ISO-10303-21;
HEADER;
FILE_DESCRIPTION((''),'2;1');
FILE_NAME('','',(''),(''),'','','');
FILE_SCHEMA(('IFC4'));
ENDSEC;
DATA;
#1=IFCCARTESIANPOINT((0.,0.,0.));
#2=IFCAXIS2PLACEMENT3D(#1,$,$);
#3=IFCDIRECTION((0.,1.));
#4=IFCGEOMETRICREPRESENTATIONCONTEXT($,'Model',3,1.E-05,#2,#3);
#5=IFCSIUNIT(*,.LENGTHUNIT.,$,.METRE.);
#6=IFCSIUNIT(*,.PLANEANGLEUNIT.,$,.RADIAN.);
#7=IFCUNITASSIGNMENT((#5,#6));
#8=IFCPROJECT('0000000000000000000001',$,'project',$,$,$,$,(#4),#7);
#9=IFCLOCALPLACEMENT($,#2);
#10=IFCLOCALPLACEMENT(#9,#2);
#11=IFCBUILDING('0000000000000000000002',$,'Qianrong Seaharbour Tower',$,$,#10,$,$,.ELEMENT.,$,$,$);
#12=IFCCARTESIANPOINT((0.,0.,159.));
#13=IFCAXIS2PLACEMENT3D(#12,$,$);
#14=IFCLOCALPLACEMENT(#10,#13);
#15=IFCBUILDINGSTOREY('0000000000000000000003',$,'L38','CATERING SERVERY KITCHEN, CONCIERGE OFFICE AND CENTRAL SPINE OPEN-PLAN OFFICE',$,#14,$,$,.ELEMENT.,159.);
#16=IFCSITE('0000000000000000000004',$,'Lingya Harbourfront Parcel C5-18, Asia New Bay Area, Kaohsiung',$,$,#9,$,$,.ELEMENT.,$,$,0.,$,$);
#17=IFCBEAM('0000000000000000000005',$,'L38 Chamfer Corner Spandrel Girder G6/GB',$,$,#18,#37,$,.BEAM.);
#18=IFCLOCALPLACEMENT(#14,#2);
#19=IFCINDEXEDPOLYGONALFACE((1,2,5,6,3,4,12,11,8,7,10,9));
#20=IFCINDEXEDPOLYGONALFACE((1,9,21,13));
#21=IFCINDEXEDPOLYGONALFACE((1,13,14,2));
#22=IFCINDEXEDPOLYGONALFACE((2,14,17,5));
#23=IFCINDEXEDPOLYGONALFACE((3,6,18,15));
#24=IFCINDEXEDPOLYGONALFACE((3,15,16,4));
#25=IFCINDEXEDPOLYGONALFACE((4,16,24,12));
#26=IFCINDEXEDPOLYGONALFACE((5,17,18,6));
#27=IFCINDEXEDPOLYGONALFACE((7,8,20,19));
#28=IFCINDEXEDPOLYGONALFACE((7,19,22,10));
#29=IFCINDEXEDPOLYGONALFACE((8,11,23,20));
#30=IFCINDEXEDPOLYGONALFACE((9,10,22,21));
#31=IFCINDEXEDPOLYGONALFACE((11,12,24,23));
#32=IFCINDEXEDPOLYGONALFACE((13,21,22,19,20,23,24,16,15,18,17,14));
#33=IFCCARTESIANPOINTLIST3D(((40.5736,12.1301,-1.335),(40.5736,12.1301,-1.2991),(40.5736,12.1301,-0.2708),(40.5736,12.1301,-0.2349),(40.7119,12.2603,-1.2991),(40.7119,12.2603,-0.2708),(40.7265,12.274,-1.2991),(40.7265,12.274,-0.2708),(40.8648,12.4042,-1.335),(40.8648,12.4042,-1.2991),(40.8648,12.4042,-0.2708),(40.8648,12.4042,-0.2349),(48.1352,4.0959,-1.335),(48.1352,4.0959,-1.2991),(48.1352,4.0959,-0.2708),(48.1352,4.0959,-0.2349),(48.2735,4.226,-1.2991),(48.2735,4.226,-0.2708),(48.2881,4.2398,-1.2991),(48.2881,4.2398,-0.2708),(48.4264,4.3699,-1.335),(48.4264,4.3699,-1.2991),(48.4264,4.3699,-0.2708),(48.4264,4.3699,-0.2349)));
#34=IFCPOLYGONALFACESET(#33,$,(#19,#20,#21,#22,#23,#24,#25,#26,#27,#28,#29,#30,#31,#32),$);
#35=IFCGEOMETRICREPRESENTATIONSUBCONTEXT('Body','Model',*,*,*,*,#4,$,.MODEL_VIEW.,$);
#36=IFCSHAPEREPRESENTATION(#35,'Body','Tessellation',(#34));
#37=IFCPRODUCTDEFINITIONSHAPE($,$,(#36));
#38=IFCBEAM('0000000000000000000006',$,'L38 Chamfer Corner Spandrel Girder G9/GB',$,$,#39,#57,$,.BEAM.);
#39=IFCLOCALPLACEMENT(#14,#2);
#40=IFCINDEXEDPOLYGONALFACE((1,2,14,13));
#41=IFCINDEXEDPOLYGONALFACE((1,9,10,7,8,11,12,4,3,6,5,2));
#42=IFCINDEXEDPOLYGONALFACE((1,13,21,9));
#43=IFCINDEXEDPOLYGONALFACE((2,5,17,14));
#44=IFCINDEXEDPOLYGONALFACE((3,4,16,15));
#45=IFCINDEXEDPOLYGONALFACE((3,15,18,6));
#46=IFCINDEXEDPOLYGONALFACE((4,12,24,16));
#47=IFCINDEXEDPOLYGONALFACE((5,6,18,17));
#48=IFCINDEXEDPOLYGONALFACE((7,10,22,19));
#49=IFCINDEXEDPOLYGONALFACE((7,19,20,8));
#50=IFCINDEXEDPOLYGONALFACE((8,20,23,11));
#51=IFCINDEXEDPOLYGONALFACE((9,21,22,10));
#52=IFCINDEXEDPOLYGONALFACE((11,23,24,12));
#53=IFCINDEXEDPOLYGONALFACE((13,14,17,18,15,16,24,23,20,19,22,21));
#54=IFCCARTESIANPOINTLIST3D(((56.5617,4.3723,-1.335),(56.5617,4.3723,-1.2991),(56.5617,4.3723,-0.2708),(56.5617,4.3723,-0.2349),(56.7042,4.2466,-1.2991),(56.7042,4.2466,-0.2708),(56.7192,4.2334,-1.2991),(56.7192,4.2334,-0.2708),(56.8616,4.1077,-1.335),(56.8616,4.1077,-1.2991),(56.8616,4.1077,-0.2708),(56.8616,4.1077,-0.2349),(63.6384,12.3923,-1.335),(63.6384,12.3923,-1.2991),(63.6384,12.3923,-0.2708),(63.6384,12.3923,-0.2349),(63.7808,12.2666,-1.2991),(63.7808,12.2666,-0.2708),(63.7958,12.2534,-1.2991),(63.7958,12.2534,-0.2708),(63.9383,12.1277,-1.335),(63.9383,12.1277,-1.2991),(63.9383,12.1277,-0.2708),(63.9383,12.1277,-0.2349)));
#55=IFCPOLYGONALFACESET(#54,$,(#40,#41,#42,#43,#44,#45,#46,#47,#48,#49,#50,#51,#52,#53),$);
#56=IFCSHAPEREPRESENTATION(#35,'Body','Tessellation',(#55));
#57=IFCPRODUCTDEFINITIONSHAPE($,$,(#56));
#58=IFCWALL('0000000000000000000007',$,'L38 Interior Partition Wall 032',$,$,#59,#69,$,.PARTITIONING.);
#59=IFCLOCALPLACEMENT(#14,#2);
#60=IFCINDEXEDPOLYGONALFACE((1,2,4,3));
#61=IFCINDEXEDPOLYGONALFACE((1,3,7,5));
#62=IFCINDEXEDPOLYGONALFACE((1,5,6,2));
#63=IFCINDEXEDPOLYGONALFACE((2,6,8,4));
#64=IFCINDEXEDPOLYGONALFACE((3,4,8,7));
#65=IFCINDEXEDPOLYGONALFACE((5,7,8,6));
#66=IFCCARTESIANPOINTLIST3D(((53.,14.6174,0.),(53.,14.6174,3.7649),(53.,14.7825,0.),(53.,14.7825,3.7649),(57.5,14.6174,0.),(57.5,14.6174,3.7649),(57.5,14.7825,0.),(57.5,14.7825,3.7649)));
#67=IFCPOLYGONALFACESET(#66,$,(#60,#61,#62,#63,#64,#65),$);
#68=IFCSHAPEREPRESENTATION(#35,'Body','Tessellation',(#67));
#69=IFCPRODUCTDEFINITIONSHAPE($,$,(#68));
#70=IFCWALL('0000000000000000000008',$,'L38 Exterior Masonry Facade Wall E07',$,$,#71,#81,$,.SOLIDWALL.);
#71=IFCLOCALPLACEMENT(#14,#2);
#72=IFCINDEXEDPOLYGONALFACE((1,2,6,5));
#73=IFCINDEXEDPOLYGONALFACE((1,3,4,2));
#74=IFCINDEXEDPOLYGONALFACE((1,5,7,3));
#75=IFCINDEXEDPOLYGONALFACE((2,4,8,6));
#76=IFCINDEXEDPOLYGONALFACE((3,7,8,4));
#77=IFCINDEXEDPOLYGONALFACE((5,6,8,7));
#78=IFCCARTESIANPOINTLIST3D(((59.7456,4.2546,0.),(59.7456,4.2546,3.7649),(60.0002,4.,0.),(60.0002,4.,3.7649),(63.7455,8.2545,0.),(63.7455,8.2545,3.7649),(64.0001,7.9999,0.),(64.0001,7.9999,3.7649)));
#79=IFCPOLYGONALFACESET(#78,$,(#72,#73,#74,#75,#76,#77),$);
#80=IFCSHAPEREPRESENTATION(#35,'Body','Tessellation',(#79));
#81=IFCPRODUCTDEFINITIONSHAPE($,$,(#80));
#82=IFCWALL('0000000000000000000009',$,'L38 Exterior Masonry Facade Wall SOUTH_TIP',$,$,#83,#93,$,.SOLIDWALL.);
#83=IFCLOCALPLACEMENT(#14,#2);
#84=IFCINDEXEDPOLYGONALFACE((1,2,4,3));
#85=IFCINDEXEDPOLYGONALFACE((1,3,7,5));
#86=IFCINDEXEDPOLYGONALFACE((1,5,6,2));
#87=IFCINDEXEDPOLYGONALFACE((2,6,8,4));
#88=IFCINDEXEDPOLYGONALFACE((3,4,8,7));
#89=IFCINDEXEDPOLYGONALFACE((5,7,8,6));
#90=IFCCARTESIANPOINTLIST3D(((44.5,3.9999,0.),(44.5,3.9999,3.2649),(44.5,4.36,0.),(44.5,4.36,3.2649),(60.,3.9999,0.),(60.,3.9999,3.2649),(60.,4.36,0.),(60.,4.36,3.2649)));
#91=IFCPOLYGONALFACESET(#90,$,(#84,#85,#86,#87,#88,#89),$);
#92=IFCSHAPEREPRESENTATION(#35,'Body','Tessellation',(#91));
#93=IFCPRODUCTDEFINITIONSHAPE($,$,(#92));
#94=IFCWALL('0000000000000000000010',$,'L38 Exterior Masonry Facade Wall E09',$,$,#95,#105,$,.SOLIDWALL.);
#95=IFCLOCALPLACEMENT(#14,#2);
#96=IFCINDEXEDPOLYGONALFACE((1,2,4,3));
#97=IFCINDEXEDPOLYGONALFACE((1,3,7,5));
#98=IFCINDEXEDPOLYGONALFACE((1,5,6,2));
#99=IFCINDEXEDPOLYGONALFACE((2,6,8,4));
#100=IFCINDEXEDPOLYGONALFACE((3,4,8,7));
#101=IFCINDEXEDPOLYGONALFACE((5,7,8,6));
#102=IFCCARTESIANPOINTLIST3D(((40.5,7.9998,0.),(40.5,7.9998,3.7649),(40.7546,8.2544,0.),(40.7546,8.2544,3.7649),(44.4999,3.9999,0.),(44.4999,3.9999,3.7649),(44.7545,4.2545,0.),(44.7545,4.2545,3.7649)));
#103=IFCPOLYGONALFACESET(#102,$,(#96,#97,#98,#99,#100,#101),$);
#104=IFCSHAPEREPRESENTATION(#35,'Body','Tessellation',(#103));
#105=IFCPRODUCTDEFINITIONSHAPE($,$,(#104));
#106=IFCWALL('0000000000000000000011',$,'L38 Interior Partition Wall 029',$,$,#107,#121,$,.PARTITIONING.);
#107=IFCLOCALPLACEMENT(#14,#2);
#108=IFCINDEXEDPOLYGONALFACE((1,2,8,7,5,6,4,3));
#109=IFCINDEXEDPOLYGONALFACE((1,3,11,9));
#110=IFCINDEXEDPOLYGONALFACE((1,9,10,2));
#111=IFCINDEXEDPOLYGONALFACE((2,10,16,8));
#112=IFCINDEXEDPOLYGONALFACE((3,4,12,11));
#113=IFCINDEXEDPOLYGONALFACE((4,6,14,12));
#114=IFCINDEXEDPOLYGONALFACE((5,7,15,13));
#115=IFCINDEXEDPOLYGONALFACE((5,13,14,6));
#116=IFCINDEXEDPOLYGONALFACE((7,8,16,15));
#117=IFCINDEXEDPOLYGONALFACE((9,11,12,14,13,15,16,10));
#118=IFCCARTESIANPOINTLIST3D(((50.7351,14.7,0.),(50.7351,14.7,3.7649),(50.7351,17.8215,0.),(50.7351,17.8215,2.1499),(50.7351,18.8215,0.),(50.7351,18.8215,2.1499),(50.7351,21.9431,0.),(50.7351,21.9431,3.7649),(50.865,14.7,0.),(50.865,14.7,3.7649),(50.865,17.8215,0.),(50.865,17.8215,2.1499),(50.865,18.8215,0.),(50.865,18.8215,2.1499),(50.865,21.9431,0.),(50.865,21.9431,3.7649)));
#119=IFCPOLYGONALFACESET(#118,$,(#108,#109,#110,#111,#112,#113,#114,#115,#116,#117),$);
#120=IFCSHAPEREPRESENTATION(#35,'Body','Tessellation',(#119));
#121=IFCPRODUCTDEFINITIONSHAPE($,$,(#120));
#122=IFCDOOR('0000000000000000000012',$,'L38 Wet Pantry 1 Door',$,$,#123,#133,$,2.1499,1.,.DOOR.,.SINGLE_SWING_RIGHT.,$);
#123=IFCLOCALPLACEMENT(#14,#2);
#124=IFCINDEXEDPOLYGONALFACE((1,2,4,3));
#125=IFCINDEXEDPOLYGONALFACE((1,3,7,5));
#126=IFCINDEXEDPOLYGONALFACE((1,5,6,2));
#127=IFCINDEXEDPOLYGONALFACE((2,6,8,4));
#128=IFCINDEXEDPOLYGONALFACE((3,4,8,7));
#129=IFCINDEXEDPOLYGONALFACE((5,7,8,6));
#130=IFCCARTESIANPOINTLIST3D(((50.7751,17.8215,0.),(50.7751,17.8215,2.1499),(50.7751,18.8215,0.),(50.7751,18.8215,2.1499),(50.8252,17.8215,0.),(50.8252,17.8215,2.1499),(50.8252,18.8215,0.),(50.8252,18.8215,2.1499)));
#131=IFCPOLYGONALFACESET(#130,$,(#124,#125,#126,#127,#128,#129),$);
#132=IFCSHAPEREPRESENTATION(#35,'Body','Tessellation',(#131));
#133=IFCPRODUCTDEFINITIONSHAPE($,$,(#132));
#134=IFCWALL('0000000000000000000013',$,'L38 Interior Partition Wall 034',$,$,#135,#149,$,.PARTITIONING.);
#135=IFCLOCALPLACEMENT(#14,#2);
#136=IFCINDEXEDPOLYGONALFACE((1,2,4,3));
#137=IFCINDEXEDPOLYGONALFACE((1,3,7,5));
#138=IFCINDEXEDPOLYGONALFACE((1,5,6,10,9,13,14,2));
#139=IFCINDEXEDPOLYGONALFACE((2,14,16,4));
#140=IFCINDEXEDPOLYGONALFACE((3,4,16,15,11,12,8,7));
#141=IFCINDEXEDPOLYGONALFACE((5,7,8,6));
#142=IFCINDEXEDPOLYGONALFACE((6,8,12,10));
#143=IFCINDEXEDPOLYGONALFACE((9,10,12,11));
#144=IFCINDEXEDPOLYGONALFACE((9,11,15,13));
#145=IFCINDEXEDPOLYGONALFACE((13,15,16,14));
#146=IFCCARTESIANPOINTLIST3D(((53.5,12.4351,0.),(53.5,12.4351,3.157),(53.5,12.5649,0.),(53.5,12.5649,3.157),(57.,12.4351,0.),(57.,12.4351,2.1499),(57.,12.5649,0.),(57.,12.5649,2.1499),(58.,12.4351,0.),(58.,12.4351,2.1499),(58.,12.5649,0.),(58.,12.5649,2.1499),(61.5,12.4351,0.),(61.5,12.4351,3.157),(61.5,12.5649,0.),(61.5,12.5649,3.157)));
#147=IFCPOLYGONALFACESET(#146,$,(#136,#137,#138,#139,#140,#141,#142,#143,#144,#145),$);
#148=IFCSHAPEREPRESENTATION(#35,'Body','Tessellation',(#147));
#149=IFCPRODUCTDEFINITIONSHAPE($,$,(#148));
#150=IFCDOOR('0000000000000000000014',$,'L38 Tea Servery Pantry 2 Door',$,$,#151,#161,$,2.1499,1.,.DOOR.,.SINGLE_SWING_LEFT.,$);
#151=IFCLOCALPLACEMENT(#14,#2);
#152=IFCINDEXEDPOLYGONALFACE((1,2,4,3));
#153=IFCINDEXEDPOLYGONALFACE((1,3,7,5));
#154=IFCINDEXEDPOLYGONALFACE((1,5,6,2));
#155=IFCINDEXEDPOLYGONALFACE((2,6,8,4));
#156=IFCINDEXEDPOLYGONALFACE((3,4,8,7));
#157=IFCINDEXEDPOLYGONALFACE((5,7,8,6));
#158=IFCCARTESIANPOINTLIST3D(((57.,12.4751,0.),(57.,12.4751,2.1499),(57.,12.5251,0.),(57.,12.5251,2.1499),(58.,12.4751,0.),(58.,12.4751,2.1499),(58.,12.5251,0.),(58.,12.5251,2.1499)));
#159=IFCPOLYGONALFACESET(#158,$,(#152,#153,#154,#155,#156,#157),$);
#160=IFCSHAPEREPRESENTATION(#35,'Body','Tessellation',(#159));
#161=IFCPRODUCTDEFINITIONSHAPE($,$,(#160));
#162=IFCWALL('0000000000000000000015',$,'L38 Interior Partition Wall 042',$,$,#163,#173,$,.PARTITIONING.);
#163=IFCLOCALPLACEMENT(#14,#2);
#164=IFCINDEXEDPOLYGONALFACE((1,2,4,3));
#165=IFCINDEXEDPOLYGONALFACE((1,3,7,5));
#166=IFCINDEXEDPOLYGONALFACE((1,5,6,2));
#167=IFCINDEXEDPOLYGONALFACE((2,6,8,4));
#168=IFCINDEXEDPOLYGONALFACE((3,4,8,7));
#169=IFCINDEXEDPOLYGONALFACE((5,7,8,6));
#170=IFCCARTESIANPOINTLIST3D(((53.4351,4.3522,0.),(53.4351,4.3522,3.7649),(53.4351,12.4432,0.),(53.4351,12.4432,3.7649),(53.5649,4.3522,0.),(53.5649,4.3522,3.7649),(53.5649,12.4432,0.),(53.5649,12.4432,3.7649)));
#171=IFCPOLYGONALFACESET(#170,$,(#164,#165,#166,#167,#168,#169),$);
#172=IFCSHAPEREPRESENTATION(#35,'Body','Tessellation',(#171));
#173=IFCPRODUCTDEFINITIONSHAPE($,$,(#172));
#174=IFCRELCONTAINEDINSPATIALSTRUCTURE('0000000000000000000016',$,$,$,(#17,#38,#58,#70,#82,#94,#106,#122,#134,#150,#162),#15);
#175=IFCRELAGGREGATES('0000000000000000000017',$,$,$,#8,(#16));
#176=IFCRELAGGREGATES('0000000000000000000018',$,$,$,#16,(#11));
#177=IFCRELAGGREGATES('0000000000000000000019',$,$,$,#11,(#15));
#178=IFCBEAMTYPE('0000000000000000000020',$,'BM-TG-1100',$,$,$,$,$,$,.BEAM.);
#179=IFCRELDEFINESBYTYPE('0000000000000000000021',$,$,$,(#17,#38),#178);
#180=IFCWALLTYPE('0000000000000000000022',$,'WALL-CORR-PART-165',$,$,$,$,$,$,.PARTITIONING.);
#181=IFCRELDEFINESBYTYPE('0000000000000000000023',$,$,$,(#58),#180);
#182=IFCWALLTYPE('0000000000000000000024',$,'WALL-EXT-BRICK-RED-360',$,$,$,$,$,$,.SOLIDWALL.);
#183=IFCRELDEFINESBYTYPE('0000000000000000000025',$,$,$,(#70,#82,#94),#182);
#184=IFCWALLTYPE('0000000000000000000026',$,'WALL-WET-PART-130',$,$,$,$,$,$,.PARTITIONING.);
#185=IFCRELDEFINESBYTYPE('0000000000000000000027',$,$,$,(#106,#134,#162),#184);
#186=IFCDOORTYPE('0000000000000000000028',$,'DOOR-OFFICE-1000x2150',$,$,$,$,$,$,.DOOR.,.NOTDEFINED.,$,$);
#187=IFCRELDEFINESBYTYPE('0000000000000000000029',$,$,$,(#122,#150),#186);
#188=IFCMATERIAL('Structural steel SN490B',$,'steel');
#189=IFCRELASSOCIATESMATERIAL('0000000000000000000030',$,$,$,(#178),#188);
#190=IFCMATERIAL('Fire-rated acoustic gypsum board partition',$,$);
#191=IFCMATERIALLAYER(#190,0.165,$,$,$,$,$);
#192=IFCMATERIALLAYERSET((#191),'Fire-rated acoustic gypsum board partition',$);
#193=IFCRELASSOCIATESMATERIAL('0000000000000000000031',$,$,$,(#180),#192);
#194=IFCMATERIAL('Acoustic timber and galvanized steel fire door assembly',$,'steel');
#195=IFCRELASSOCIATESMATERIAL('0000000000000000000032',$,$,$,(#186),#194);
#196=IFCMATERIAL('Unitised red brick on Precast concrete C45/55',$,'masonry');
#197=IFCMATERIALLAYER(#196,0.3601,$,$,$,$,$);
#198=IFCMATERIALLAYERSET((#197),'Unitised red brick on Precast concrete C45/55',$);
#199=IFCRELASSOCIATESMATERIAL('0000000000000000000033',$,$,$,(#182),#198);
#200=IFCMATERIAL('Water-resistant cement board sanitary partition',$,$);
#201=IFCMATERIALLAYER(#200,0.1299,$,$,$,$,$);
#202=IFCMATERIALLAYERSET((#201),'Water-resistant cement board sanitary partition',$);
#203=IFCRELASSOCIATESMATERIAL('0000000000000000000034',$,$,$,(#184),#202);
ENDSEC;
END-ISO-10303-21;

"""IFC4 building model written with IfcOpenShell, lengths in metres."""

from ifc_helpers import new_model, si_unit, direction, frame, frame_2d, origin, origin_2d, place, context, subcontext, project, spatial, rectangle, i_section, extrude, material, layer, layer_set, material_profile, profile_set, type_object, element, fill, save


model = new_model("IFC4")

# Units and contexts
model_context = context("Model", 3, precision=1e-05, world=origin(), true_north=direction((0.0, 1.0)))
body_context = subcontext(model_context, "Body", "Model", "MODEL_VIEW")
ifc_project = project(units=[si_unit("LENGTHUNIT", "METRE"), si_unit("PLANEANGLEUNIT", "RADIAN")], contexts=[model_context])

# Site, building, storey
site_placement = place(None, origin())
site = spatial("IfcSite", under=ifc_project, at=site_placement, Name="Lingya Harbourfront Parcel C5-18, Asia New Bay Area, Kaohsiung", CompositionType="ELEMENT", RefElevation=0.0)
building_placement = place(site_placement, origin())
building = spatial("IfcBuilding", under=site, at=building_placement, Name="Qianrong Seaharbour Tower", CompositionType="ELEMENT")
storey_placement = place(building_placement, frame((0.0, 0.0, 159.0)))
storey = spatial("IfcBuildingStorey", under=building, at=storey_placement, Name="L38", Description="CATERING SERVERY KITCHEN, CONCIERGE OFFICE AND CENTRAL SPINE OPEN-PLAN OFFICE", CompositionType="ELEMENT", Elevation=159.0)

# Shared definitions
ifc_material_1 = material(Name="Structural steel SN490B", Category="steel")

# Beams
ifc_material_profile_1 = material_profile(ifc_material_1, i_section(OverallWidth=0.3999, OverallDepth=1.1001, WebThickness=0.02, FlangeThickness=0.0359, at=origin_2d()), Name="BH1100x400x20x36")
ifc_profile_set_1 = profile_set([ifc_material_profile_1], Name="Structural steel SN490B")
beam_type_1 = type_object("IfcBeamType", Name="BM-TG-1100", PredefinedType="BEAM", material=ifc_profile_set_1)
beam_1_placement = place(storey_placement, frame((48.2808, 4.2329, -0.7849), z_axis=(-0.685362, 0.728203, 0.0), x_axis=(-0.728203, -0.685362, 0.0)))
element("IfcBeam", 1, at=beam_1_placement, inside=storey, type_object=beam_type_1, Name="L38 Chamfer Corner Spandrel Girder G6/GB", PredefinedType="BEAM", context=body_context, shape_type="SweptSolid", body=[
    extrude(i_section(OverallWidth=0.3999, OverallDepth=1.1001, WebThickness=0.02, FlangeThickness=0.0359, at=origin_2d()), origin(), (0.0, 0.0, 1.0), 11.033),
])
beam_2_placement = place(storey_placement, frame((56.7117, 4.24, -0.7849), z_axis=(0.661631, 0.74983, 0.0), x_axis=(-0.74983, 0.661631, 0.0)))
element("IfcBeam", 2, at=beam_2_placement, inside=storey, type_object=beam_type_1, Name="L38 Chamfer Corner Spandrel Girder G9/GB", PredefinedType="BEAM", context=body_context, shape_type="SweptSolid", body=[
    extrude(i_section(OverallWidth=0.3999, OverallDepth=1.1001, WebThickness=0.02, FlangeThickness=0.0359, at=origin_2d()), origin(), (0.0, 0.0, 1.0), 10.6958),
])

# Shared definitions
ifc_material_2 = material(Name="Fire-rated acoustic gypsum board partition")
ifc_layer_1 = layer(ifc_material_2, 0.165)
ifc_layer_set_1 = layer_set([ifc_layer_1], Name="Fire-rated acoustic gypsum board partition")
wall_type_1 = type_object("IfcWallType", Name="WALL-CORR-PART-165", PredefinedType="PARTITIONING", material=ifc_layer_set_1)
ifc_material_3 = material(Name="Acoustic timber and galvanized steel fire door assembly", Category="steel")
door_type = type_object("IfcDoorType", Name="DOOR-OFFICE-1000x2150", OperationType="NOTDEFINED", PredefinedType="DOOR", material=ifc_material_3)

# Wall
wall_1_placement = place(storey_placement, frame((53.0, 14.7, 0.0), z_axis=(0.0, 0.0, 1.0), x_axis=(1.0, 0.0, 0.0)))
element("IfcWall", 3, at=wall_1_placement, inside=storey, type_object=wall_type_1, Name="L38 Interior Partition Wall 032", PredefinedType="PARTITIONING", context=body_context, shape_type="SweptSolid", body=[
    extrude(rectangle(XDim=4.5, YDim=0.165, at=frame_2d((2.25, 0.0))), origin(), (0.0, 0.0, 1.0), 3.7649),
])

# Walls
ifc_material_4 = material(Name="Unitised red brick on Precast concrete C45/55", Category="masonry")
ifc_layer_2 = layer(ifc_material_4, 0.3601)
ifc_layer_set_2 = layer_set([ifc_layer_2], Name="Unitised red brick on Precast concrete C45/55")
wall_type_2 = type_object("IfcWallType", Name="WALL-EXT-BRICK-RED-360", PredefinedType="SOLIDWALL", material=ifc_layer_set_2)
wall_2_placement = place(storey_placement, frame((63.8728, 8.1272, 0.0), z_axis=(0.0, 0.0, 1.0), x_axis=(-0.707107, -0.707107, 0.0)))
element("IfcWall", 4, at=wall_2_placement, inside=storey, type_object=wall_type_2, Name="L38 Exterior Masonry Facade Wall E07", PredefinedType="SOLIDWALL", context=body_context, shape_type="SweptSolid", body=[
    extrude(rectangle(XDim=5.6567, YDim=0.3601, at=frame_2d((2.8284, 0.0))), origin(), (0.0, 0.0, 1.0), 3.7649),
])
wall_3_placement = place(storey_placement, frame((60.0, 4.1799, 0.0), z_axis=(0.0, 0.0, 1.0), x_axis=(-1.0, 0.0, 0.0)))
element("IfcWall", 5, at=wall_3_placement, inside=storey, type_object=wall_type_2, Name="L38 Exterior Masonry Facade Wall SOUTH_TIP", PredefinedType="SOLIDWALL", context=body_context, shape_type="SweptSolid", body=[
    extrude(rectangle(XDim=15.5, YDim=0.3601, at=frame_2d((7.75, 0.0))), origin(), (0.0, 0.0, 1.0), 3.2649),
])
wall_4_placement = place(storey_placement, frame((44.6272, 4.1272, 0.0), z_axis=(0.0, 0.0, 1.0), x_axis=(-0.707107, 0.707107, 0.0)))
element("IfcWall", 6, at=wall_4_placement, inside=storey, type_object=wall_type_2, Name="L38 Exterior Masonry Facade Wall E09", PredefinedType="SOLIDWALL", context=body_context, shape_type="SweptSolid", body=[
    extrude(rectangle(XDim=5.6567, YDim=0.3601, at=frame_2d((2.8284, 0.0))), origin(), (0.0, 0.0, 1.0), 3.7649),
])

# Walls, openings, doors
ifc_material_5 = material(Name="Water-resistant cement board sanitary partition")
ifc_layer_3 = layer(ifc_material_5, 0.1299)
ifc_layer_set_3 = layer_set([ifc_layer_3], Name="Water-resistant cement board sanitary partition")
wall_type_3 = type_object("IfcWallType", Name="WALL-WET-PART-130", PredefinedType="PARTITIONING", material=ifc_layer_set_3)
wall_5_placement = place(storey_placement, frame((50.8, 14.7, 0.0), z_axis=(0.0, 0.0, 1.0), x_axis=(0.0, 1.0, 0.0)))
wall_5 = element("IfcWall", 7, at=wall_5_placement, inside=storey, type_object=wall_type_3, Name="L38 Interior Partition Wall 029", PredefinedType="PARTITIONING", context=body_context, shape_type="SweptSolid", body=[
    extrude(rectangle(XDim=7.2432, YDim=0.1299, at=frame_2d((3.6216, 0.0))), origin(), (0.0, 0.0, 1.0), 3.7649),
])
opening_1_placement = place(wall_5_placement, frame((3.1216, 0.0, 0.0)))
opening_1 = element("IfcOpeningElement", 8, at=opening_1_placement, cuts=wall_5, PredefinedType="OPENING", context=body_context, shape_type="SweptSolid", body=[
    extrude(rectangle(XDim=1.0, YDim=2.1499, at=frame_2d((0.5, 1.075))), frame((0.0, 0.075, 0.0), z_axis=(0.0, -1.0, 0.0), x_axis=(1.0, 0.0, 0.0)), (0.0, 0.0, 1.0), 0.1499),
])
door_1_placement = place(opening_1_placement, origin())
door_1 = element("IfcDoor", 9, at=door_1_placement, inside=storey, type_object=door_type, Name="L38 Wet Pantry 1 Door", OperationType="SINGLE_SWING_RIGHT", OverallHeight=2.1499, OverallWidth=1.0, PredefinedType="DOOR", context=body_context, shape_type="SweptSolid", body=[
    extrude(rectangle(XDim=1.0, YDim=2.1499, at=frame_2d((0.5, 1.075))), frame((0.0, 0.0249, 0.0), z_axis=(0.0, -1.0, 0.0), x_axis=(1.0, 0.0, 0.0)), (0.0, 0.0, 1.0), 0.05),
])
fill(opening_1, door_1)
wall_6_placement = place(storey_placement, frame((61.5, 12.5, 0.0), z_axis=(0.0, 0.0, 1.0), x_axis=(-1.0, 0.0, 0.0)))
wall_6 = element("IfcWall", 10, at=wall_6_placement, inside=storey, type_object=wall_type_3, Name="L38 Interior Partition Wall 034", PredefinedType="PARTITIONING", context=body_context, shape_type="SweptSolid", body=[
    extrude(rectangle(XDim=8.0, YDim=0.1299, at=frame_2d((4.0, 0.0))), origin(), (0.0, 0.0, 1.0), 3.157),
])
opening_2_placement = place(wall_6_placement, frame((3.5, 0.0, 0.0)))
opening_2 = element("IfcOpeningElement", 11, at=opening_2_placement, cuts=wall_6, PredefinedType="OPENING", context=body_context, shape_type="SweptSolid", body=[
    extrude(rectangle(XDim=1.0, YDim=2.1499, at=frame_2d((0.5, 1.075))), frame((0.0, 0.075, 0.0), z_axis=(0.0, -1.0, 0.0), x_axis=(1.0, 0.0, 0.0)), (0.0, 0.0, 1.0), 0.1499),
])
door_2_placement = place(opening_2_placement, origin())
door_2 = element("IfcDoor", 12, at=door_2_placement, inside=storey, type_object=door_type, Name="L38 Tea Servery Pantry 2 Door", OperationType="SINGLE_SWING_LEFT", OverallHeight=2.1499, OverallWidth=1.0, PredefinedType="DOOR", context=body_context, shape_type="SweptSolid", body=[
    extrude(rectangle(XDim=1.0, YDim=2.1499, at=frame_2d((0.5, 1.075))), frame((0.0, 0.0249, 0.0), z_axis=(0.0, -1.0, 0.0), x_axis=(1.0, 0.0, 0.0)), (0.0, 0.0, 1.0), 0.05),
])
fill(opening_2, door_2)

# Wall
wall_7_placement = place(storey_placement, frame((53.5, 12.4431, 0.0), z_axis=(0.0, 0.0, 1.0), x_axis=(0.0, -1.0, 0.0)))
element("IfcWall", 13, at=wall_7_placement, inside=storey, type_object=wall_type_3, Name="L38 Interior Partition Wall 042", PredefinedType="PARTITIONING", context=body_context, shape_type="SweptSolid", body=[
    extrude(rectangle(XDim=8.0911, YDim=0.1299, at=frame_2d((4.0454, 0.0))), origin(), (0.0, 0.0, 1.0), 3.7649),
])

save(model, "model.ifc")
